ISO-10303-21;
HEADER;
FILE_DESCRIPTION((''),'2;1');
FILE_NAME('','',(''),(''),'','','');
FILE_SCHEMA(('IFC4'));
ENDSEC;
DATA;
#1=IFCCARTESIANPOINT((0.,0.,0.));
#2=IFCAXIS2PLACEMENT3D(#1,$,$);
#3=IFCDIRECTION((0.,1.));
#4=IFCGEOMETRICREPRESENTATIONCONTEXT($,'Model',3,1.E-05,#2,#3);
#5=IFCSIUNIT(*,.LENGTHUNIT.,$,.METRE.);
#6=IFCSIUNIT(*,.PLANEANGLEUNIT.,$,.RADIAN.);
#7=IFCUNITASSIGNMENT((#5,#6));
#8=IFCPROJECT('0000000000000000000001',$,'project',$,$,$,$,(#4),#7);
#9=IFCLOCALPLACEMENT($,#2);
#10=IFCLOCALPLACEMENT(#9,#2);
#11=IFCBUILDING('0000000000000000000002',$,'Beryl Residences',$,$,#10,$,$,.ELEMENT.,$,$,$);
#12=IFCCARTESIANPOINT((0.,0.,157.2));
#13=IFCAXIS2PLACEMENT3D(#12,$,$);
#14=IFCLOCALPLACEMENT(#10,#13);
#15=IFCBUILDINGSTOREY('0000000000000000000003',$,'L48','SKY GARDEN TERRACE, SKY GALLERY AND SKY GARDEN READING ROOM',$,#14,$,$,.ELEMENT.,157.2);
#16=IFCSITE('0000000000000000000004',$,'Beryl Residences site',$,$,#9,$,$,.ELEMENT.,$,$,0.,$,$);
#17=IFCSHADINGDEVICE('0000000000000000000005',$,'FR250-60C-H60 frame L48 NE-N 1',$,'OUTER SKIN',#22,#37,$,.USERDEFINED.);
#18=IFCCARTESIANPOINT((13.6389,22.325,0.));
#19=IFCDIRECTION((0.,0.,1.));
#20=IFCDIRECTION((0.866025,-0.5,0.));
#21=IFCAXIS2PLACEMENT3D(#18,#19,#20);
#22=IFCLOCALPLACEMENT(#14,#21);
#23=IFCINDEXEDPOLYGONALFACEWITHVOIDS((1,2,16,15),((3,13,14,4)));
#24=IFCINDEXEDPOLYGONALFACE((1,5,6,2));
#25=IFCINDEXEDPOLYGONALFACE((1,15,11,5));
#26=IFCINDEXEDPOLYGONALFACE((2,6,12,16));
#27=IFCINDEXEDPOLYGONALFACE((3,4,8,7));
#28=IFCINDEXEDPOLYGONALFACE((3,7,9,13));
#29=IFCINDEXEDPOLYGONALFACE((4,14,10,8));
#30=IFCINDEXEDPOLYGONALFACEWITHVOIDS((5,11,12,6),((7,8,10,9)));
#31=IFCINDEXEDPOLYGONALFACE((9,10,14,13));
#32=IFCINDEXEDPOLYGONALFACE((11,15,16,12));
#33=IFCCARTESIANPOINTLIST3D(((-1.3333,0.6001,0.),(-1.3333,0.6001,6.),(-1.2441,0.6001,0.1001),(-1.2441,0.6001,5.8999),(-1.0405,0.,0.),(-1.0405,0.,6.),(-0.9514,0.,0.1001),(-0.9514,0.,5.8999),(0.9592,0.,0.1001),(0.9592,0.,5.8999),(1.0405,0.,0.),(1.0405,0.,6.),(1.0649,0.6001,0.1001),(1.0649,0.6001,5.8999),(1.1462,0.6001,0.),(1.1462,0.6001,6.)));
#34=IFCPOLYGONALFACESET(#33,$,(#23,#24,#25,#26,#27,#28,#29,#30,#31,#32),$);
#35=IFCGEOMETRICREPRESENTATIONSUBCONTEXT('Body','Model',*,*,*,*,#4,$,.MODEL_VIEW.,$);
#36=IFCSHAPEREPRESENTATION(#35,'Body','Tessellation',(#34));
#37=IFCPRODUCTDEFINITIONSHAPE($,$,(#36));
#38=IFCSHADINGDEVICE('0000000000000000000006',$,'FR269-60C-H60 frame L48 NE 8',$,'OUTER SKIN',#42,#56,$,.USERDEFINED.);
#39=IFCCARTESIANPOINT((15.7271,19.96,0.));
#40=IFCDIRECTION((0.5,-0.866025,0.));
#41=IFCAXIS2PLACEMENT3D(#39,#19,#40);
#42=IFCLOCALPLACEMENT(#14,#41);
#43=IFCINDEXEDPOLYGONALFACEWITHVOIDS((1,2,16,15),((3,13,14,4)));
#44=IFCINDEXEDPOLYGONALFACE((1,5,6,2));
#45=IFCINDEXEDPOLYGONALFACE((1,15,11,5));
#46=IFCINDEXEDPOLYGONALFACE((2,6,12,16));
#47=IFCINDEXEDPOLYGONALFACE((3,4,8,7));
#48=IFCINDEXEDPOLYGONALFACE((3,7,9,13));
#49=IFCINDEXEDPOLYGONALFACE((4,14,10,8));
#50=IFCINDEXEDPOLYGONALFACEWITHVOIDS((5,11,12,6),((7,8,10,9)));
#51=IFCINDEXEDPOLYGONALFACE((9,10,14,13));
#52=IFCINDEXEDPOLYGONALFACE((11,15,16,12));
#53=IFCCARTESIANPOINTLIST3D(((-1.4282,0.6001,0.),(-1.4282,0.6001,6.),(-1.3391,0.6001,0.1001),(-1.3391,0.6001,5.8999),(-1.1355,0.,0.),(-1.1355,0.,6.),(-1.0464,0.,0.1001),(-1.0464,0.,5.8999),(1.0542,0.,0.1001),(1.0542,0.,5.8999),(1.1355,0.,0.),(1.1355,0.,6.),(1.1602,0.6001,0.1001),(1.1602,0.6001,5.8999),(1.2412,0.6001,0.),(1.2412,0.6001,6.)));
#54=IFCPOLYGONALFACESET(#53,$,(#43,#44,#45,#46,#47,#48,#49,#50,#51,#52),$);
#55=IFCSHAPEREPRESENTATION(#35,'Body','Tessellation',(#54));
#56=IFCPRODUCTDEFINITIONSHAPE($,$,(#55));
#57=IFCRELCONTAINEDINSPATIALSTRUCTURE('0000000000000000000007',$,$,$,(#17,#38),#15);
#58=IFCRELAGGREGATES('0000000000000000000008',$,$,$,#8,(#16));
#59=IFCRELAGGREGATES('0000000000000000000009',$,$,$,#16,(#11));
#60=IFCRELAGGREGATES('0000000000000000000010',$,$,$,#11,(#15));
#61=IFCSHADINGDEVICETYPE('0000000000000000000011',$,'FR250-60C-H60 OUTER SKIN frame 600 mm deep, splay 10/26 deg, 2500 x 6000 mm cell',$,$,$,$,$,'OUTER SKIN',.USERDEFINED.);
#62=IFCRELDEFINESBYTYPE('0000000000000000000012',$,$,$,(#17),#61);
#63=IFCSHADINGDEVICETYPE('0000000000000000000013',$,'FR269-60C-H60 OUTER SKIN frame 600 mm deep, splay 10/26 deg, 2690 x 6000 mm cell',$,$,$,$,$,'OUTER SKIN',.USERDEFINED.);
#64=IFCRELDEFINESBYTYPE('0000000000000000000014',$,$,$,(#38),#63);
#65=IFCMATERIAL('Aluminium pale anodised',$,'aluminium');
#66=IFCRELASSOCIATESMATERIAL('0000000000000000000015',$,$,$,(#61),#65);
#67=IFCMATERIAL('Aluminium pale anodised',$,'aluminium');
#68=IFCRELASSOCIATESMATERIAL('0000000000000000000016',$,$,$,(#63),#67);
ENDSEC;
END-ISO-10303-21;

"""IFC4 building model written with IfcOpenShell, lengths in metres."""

from ifc_helpers import new_model, entity, si_unit, direction, frame, origin, place, context, subcontext, project, spatial, source, transform, mapped, material, type_object, type_shapes, element, save


model = new_model("IFC4")

# Units and contexts
model_context = context("Model", 3, precision=1e-05, world=origin(), true_north=direction((0.0, 1.0)))
body_context = subcontext(model_context, "Body", "Model", "MODEL_VIEW")
ifc_project = project(units=[si_unit("LENGTHUNIT", "METRE"), si_unit("PLANEANGLEUNIT", "RADIAN")], contexts=[model_context])

# Site, building, storey
site_placement = place(None, origin())
site = spatial("IfcSite", under=ifc_project, at=site_placement, Name="Beryl Residences site", CompositionType="ELEMENT", RefElevation=0.0)
building_placement = place(site_placement, origin())
building = spatial("IfcBuilding", under=site, at=building_placement, Name="Beryl Residences", CompositionType="ELEMENT")
storey_placement = place(building_placement, frame((0.0, 0.0, 157.2)))
storey = spatial("IfcBuildingStorey", under=building, at=storey_placement, Name="L48", Description="SKY GARDEN TERRACE, SKY GALLERY AND SKY GARDEN READING ROOM", CompositionType="ELEMENT", Elevation=157.2)

# Shading devices
ifc_material_1 = material(Name="Aluminium pale anodised", Category="aluminium")
shading_device_type_1 = type_object("IfcShadingDeviceType", Name="FR250-60C-H60 OUTER SKIN frame 600 mm deep, splay 10/26 deg, 2500 x 6000 mm cell", ElementType="OUTER SKIN", PredefinedType="USERDEFINED", material=ifc_material_1)
cartesian_point_1 = entity("IfcCartesianPoint", [-1.0405, 0.0])
cartesian_point_2 = entity("IfcCartesianPoint", [-0.9592, 0.1001])
cartesian_point_3 = entity("IfcCartesianPoint", [-1.1462, 0.0])
cartesian_point_4 = entity("IfcCartesianPoint", [-1.0649, 0.1001])
shared_shape_1 = source(origin(), body_context, "Body", "SweptSolid", [
    entity("IfcExtrudedAreaSolidTapered", entity("IfcArbitraryProfileDefWithVoids", "AREA", None, entity("IfcPolyline", [cartesian_point_1, entity("IfcCartesianPoint", [1.0405, 0.0]), entity("IfcCartesianPoint", [1.0405, 6.0]), entity("IfcCartesianPoint", [-1.0405, 6.0]), cartesian_point_1]), [entity("IfcPolyline", [cartesian_point_2, entity("IfcCartesianPoint", [0.9514, 0.1001]), entity("IfcCartesianPoint", [0.9514, 5.8999]), entity("IfcCartesianPoint", [-0.9592, 5.8999]), cartesian_point_2])]), entity("IfcAxis2Placement3D", entity("IfcCartesianPoint", [0.0, 0.0, 0.0]), entity("IfcDirection", [0.0, 1.0, 0.0]), entity("IfcDirection", [-1.0, 0.0, 0.0])), entity("IfcDirection", [0.0, 0.0, 1.0]), 0.6001, entity("IfcArbitraryProfileDefWithVoids", "AREA", None, entity("IfcPolyline", [cartesian_point_3, entity("IfcCartesianPoint", [1.3333, 0.0]), entity("IfcCartesianPoint", [1.3333, 6.0]), entity("IfcCartesianPoint", [-1.1462, 6.0]), cartesian_point_3]), [entity("IfcPolyline", [cartesian_point_4, entity("IfcCartesianPoint", [1.2441, 0.1001]), entity("IfcCartesianPoint", [1.2441, 5.8999]), entity("IfcCartesianPoint", [-1.0649, 5.8999]), cartesian_point_4])])),
])
type_shapes(shading_device_type_1, [shared_shape_1])
shading_device_1_placement = place(storey_placement, frame((13.6389, 22.325, 0.0), z_axis=(0.0, 0.0, 1.0), x_axis=(0.866025, -0.5, 0.0)))
element("IfcShadingDevice", 1, at=shading_device_1_placement, inside=storey, type_object=shading_device_type_1, Name="FR250-60C-H60 frame L48 NE-N 1", ObjectType="OUTER SKIN", PredefinedType="USERDEFINED", context=body_context, shape_type="MappedRepresentation", body=[
    mapped(shared_shape_1, transform((0.0, 0.0, 0.0))),
])
ifc_material_2 = material(Name="Aluminium pale anodised", Category="aluminium")
shading_device_type_2 = type_object("IfcShadingDeviceType", Name="FR269-60C-H60 OUTER SKIN frame 600 mm deep, splay 10/26 deg, 2690 x 6000 mm cell", ElementType="OUTER SKIN", PredefinedType="USERDEFINED", material=ifc_material_2)
cartesian_point_5 = entity("IfcCartesianPoint", [-1.1355, 0.0])
cartesian_point_6 = entity("IfcCartesianPoint", [-1.0542, 0.1001])
cartesian_point_7 = entity("IfcCartesianPoint", [-1.2412, 0.0])
cartesian_point_8 = entity("IfcCartesianPoint", [-1.1602, 0.1001])
shared_shape_2 = source(origin(), body_context, "Body", "SweptSolid", [
    entity("IfcExtrudedAreaSolidTapered", entity("IfcArbitraryProfileDefWithVoids", "AREA", None, entity("IfcPolyline", [cartesian_point_5, entity("IfcCartesianPoint", [1.1355, 0.0]), entity("IfcCartesianPoint", [1.1355, 6.0]), entity("IfcCartesianPoint", [-1.1355, 6.0]), cartesian_point_5]), [entity("IfcPolyline", [cartesian_point_6, entity("IfcCartesianPoint", [1.0464, 0.1001]), entity("IfcCartesianPoint", [1.0464, 5.8999]), entity("IfcCartesianPoint", [-1.0542, 5.8999]), cartesian_point_6])]), entity("IfcAxis2Placement3D", entity("IfcCartesianPoint", [0.0, 0.0, 0.0]), entity("IfcDirection", [0.0, 1.0, 0.0]), entity("IfcDirection", [-1.0, 0.0, 0.0])), entity("IfcDirection", [0.0, 0.0, 1.0]), 0.6001, entity("IfcArbitraryProfileDefWithVoids", "AREA", None, entity("IfcPolyline", [cartesian_point_7, entity("IfcCartesianPoint", [1.4282, 0.0]), entity("IfcCartesianPoint", [1.4282, 6.0]), entity("IfcCartesianPoint", [-1.2412, 6.0]), cartesian_point_7]), [entity("IfcPolyline", [cartesian_point_8, entity("IfcCartesianPoint", [1.3391, 0.1001]), entity("IfcCartesianPoint", [1.3391, 5.8999]), entity("IfcCartesianPoint", [-1.1602, 5.8999]), cartesian_point_8])])),
])
type_shapes(shading_device_type_2, [shared_shape_2])
shading_device_2_placement = place(storey_placement, frame((15.7271, 19.96, 0.0), z_axis=(0.0, 0.0, 1.0), x_axis=(0.5, -0.866025, 0.0)))
element("IfcShadingDevice", 2, at=shading_device_2_placement, inside=storey, type_object=shading_device_type_2, Name="FR269-60C-H60 frame L48 NE 8", ObjectType="OUTER SKIN", PredefinedType="USERDEFINED", context=body_context, shape_type="MappedRepresentation", body=[
    mapped(shared_shape_2, transform((0.0, 0.0, 0.0))),
])

save(model, "model.ifc")
